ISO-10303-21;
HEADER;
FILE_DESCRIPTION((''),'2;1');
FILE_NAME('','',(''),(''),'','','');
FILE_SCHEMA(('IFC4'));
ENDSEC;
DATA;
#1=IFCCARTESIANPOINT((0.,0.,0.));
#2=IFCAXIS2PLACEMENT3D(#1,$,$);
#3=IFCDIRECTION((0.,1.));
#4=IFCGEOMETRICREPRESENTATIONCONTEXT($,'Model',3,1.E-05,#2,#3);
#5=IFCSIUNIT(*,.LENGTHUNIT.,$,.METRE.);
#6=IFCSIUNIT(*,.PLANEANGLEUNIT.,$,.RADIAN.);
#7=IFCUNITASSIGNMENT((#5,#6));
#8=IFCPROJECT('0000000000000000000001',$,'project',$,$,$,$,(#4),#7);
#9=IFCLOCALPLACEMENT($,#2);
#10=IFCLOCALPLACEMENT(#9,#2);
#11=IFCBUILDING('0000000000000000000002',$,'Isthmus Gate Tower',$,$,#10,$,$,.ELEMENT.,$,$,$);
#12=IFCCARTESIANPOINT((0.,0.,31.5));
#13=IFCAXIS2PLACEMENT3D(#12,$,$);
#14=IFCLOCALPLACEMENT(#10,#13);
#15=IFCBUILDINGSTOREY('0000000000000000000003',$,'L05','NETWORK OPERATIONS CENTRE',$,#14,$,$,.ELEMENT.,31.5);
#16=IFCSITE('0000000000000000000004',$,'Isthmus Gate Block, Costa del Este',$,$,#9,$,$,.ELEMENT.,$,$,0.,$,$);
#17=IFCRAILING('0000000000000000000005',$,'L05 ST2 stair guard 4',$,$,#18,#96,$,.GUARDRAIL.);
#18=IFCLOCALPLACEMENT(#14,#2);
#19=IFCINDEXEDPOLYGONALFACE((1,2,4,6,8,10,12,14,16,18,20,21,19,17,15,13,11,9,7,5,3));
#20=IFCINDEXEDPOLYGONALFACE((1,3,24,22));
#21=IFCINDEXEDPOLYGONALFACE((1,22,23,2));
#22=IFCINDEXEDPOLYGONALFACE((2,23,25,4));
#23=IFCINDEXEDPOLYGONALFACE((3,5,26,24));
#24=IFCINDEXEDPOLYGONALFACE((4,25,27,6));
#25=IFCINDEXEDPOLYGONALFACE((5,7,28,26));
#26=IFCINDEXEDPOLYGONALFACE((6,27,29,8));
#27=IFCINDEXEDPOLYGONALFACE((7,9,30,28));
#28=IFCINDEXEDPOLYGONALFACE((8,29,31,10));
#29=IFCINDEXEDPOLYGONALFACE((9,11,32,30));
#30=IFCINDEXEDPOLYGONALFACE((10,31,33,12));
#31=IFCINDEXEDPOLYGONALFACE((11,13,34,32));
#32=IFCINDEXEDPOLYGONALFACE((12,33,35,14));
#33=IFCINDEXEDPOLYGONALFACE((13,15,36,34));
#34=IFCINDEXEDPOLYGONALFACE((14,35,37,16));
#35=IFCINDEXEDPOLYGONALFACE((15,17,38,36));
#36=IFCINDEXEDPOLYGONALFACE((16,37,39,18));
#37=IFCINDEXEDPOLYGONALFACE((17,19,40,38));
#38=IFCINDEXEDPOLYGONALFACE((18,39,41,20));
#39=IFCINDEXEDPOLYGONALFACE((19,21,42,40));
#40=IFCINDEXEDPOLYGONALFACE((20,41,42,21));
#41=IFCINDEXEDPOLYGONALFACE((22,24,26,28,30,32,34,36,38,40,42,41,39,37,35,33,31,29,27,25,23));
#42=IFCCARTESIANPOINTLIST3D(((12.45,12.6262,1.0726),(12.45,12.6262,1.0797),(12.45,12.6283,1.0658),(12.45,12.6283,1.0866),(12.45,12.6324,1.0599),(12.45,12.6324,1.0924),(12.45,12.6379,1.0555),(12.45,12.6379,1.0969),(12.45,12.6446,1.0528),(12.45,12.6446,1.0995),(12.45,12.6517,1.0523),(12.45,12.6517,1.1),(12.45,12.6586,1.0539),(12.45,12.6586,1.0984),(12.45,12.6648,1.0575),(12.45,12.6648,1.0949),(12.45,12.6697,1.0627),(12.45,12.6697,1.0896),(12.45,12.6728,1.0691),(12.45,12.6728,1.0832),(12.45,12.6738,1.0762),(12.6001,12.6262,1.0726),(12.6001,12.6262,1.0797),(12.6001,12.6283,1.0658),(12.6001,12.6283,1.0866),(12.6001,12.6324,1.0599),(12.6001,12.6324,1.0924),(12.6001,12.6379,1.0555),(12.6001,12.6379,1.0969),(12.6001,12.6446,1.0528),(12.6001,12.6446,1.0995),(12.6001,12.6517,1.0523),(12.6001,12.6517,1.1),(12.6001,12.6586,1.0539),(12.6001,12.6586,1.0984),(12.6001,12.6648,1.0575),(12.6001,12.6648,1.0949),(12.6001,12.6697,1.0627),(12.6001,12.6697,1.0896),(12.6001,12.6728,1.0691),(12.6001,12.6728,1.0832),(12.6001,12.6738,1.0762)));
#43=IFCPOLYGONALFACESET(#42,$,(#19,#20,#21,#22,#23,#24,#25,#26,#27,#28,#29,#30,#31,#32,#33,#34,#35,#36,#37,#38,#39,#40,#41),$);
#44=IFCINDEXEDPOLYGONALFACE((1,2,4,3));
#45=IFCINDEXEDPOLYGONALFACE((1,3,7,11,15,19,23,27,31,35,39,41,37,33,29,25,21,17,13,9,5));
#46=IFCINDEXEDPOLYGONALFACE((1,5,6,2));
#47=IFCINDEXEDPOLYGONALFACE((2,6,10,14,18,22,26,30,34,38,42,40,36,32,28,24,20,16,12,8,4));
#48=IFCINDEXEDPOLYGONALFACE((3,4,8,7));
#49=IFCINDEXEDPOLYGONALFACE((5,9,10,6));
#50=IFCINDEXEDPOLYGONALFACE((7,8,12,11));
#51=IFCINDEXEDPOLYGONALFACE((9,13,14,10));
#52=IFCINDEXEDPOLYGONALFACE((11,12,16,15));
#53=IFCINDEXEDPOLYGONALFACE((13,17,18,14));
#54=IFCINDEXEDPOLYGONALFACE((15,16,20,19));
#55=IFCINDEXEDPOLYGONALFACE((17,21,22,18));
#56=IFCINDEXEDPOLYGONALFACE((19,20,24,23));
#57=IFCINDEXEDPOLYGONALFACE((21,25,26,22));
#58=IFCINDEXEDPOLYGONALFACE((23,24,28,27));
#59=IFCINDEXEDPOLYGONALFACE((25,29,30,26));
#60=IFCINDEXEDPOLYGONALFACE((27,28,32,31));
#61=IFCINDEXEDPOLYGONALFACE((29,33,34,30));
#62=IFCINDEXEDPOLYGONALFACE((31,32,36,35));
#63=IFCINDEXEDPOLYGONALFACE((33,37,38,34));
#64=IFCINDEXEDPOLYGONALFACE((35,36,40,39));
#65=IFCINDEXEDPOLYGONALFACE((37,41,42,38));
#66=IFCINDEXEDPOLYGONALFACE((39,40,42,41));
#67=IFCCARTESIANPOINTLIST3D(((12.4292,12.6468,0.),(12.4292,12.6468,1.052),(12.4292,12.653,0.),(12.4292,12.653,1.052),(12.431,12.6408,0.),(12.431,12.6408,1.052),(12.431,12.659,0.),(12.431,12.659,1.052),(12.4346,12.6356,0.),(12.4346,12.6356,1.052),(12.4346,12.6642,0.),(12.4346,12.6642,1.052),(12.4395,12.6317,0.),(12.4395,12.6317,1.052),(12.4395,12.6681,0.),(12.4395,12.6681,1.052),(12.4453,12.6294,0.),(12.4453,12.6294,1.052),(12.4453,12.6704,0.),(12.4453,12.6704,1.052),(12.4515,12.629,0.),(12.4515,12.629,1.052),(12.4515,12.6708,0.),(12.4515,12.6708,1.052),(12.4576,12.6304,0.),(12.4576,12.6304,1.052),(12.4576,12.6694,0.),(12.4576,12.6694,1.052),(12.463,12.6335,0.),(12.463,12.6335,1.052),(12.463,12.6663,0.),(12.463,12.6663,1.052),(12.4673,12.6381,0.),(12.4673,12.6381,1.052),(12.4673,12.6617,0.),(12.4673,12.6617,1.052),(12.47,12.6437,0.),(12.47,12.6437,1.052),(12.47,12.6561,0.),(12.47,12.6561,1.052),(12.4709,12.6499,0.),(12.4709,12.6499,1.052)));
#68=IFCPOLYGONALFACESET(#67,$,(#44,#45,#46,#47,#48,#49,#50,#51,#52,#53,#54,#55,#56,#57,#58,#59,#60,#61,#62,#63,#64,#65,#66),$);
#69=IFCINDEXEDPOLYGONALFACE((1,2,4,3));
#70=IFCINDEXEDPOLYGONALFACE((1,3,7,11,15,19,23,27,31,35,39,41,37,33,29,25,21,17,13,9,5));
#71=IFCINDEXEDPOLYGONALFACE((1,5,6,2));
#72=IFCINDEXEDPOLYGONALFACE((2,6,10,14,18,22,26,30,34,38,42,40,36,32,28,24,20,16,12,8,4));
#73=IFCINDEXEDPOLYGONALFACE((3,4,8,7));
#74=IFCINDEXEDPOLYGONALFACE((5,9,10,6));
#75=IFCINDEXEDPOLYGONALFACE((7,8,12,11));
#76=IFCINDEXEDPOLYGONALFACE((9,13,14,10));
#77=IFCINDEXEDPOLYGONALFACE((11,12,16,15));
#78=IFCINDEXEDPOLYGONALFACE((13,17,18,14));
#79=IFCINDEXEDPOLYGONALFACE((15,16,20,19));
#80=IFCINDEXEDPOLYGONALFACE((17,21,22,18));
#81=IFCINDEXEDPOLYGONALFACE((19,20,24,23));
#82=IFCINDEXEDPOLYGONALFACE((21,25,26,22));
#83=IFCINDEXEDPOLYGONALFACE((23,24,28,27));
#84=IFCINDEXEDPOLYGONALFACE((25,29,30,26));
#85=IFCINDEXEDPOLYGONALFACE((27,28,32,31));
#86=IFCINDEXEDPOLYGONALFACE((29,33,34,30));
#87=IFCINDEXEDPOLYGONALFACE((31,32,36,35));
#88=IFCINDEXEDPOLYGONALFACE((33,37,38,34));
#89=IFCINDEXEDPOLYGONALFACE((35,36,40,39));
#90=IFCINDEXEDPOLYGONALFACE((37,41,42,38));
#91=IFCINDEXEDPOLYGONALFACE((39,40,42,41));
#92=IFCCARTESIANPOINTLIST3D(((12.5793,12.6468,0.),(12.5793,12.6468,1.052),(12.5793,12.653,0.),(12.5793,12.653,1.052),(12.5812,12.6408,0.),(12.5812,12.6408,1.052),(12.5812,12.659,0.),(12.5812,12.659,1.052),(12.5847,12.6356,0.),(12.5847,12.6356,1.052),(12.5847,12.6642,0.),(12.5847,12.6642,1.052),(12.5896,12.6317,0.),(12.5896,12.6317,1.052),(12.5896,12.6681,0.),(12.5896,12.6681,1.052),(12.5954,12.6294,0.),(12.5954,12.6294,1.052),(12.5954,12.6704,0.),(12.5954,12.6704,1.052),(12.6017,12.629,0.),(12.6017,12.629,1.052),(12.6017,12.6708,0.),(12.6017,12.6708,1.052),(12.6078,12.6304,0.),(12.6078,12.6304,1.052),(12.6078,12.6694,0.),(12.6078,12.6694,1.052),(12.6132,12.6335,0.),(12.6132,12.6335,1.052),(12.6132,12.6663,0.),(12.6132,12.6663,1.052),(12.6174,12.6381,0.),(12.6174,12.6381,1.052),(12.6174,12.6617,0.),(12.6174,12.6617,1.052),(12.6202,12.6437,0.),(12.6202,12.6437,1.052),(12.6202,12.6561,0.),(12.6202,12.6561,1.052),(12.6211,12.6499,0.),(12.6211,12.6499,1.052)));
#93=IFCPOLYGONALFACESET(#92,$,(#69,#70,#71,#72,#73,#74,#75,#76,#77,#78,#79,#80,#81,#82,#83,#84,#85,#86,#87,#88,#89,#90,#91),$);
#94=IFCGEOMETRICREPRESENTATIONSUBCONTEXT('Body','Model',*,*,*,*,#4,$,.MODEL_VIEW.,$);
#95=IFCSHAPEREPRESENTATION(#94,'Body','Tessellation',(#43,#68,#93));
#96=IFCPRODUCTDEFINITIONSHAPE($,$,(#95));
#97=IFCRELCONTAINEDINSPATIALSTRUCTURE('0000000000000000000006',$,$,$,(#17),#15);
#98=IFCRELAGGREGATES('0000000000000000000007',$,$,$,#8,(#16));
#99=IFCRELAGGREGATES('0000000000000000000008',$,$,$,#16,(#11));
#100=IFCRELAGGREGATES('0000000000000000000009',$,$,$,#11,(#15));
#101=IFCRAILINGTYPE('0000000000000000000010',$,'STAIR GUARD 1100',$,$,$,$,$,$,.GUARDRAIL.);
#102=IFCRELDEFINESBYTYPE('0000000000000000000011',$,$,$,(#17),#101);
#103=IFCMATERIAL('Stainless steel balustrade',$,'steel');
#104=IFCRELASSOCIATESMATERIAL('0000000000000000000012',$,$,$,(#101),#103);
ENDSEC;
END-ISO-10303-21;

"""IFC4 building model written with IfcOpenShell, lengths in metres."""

from ifc_helpers import new_model, si_unit, direction, frame, origin, origin_2d, place, context, subcontext, project, spatial, circle, extrude, material, type_object, element, save


model = new_model("IFC4")

# Units and contexts
model_context = context("Model", 3, precision=1e-05, world=origin(), true_north=direction((0.0, 1.0)))
body_context = subcontext(model_context, "Body", "Model", "MODEL_VIEW")
ifc_project = project(units=[si_unit("LENGTHUNIT", "METRE"), si_unit("PLANEANGLEUNIT", "RADIAN")], contexts=[model_context])

# Site, building, storey
site_placement = place(None, origin())
site = spatial("IfcSite", under=ifc_project, at=site_placement, Name="Isthmus Gate Block, Costa del Este", CompositionType="ELEMENT", RefElevation=0.0)
building_placement = place(site_placement, origin())
building = spatial("IfcBuilding", under=site, at=building_placement, Name="Isthmus Gate Tower", CompositionType="ELEMENT")
storey_placement = place(building_placement, frame((0.0, 0.0, 31.5)))
storey = spatial("IfcBuildingStorey", under=building, at=storey_placement, Name="L05", Description="NETWORK OPERATIONS CENTRE", CompositionType="ELEMENT", Elevation=31.5)

# Railing
ifc_material_1 = material(Name="Stainless steel balustrade", Category="steel")
railing_type_1 = type_object("IfcRailingType", Name="STAIR GUARD 1100", PredefinedType="GUARDRAIL", material=ifc_material_1)
railing_1_placement = place(storey_placement, frame((12.45, 12.6499, 0.0)))
element("IfcRailing", 1, at=railing_1_placement, inside=storey, type_object=railing_type_1, Name="L05 ST2 stair guard 4", PredefinedType="GUARDRAIL", context=body_context, shape_type="SweptSolid", body=[
    extrude(circle(Radius=0.0239, at=origin_2d()), frame((0.0, 0.0, 1.0762), z_axis=(1.0, 0.0, 0.0), x_axis=(0.0, 1.0, 0.0)), (0.0, 0.0, 1.0), 0.1501),
    extrude(circle(Radius=0.021, at=origin_2d()), origin(), (0.0, 0.0, 1.0), 1.052),
    extrude(circle(Radius=0.021, at=origin_2d()), frame((0.1501, 0.0, 0.0)), (0.0, 0.0, 1.0), 1.052),
])

save(model, "model.ifc")
